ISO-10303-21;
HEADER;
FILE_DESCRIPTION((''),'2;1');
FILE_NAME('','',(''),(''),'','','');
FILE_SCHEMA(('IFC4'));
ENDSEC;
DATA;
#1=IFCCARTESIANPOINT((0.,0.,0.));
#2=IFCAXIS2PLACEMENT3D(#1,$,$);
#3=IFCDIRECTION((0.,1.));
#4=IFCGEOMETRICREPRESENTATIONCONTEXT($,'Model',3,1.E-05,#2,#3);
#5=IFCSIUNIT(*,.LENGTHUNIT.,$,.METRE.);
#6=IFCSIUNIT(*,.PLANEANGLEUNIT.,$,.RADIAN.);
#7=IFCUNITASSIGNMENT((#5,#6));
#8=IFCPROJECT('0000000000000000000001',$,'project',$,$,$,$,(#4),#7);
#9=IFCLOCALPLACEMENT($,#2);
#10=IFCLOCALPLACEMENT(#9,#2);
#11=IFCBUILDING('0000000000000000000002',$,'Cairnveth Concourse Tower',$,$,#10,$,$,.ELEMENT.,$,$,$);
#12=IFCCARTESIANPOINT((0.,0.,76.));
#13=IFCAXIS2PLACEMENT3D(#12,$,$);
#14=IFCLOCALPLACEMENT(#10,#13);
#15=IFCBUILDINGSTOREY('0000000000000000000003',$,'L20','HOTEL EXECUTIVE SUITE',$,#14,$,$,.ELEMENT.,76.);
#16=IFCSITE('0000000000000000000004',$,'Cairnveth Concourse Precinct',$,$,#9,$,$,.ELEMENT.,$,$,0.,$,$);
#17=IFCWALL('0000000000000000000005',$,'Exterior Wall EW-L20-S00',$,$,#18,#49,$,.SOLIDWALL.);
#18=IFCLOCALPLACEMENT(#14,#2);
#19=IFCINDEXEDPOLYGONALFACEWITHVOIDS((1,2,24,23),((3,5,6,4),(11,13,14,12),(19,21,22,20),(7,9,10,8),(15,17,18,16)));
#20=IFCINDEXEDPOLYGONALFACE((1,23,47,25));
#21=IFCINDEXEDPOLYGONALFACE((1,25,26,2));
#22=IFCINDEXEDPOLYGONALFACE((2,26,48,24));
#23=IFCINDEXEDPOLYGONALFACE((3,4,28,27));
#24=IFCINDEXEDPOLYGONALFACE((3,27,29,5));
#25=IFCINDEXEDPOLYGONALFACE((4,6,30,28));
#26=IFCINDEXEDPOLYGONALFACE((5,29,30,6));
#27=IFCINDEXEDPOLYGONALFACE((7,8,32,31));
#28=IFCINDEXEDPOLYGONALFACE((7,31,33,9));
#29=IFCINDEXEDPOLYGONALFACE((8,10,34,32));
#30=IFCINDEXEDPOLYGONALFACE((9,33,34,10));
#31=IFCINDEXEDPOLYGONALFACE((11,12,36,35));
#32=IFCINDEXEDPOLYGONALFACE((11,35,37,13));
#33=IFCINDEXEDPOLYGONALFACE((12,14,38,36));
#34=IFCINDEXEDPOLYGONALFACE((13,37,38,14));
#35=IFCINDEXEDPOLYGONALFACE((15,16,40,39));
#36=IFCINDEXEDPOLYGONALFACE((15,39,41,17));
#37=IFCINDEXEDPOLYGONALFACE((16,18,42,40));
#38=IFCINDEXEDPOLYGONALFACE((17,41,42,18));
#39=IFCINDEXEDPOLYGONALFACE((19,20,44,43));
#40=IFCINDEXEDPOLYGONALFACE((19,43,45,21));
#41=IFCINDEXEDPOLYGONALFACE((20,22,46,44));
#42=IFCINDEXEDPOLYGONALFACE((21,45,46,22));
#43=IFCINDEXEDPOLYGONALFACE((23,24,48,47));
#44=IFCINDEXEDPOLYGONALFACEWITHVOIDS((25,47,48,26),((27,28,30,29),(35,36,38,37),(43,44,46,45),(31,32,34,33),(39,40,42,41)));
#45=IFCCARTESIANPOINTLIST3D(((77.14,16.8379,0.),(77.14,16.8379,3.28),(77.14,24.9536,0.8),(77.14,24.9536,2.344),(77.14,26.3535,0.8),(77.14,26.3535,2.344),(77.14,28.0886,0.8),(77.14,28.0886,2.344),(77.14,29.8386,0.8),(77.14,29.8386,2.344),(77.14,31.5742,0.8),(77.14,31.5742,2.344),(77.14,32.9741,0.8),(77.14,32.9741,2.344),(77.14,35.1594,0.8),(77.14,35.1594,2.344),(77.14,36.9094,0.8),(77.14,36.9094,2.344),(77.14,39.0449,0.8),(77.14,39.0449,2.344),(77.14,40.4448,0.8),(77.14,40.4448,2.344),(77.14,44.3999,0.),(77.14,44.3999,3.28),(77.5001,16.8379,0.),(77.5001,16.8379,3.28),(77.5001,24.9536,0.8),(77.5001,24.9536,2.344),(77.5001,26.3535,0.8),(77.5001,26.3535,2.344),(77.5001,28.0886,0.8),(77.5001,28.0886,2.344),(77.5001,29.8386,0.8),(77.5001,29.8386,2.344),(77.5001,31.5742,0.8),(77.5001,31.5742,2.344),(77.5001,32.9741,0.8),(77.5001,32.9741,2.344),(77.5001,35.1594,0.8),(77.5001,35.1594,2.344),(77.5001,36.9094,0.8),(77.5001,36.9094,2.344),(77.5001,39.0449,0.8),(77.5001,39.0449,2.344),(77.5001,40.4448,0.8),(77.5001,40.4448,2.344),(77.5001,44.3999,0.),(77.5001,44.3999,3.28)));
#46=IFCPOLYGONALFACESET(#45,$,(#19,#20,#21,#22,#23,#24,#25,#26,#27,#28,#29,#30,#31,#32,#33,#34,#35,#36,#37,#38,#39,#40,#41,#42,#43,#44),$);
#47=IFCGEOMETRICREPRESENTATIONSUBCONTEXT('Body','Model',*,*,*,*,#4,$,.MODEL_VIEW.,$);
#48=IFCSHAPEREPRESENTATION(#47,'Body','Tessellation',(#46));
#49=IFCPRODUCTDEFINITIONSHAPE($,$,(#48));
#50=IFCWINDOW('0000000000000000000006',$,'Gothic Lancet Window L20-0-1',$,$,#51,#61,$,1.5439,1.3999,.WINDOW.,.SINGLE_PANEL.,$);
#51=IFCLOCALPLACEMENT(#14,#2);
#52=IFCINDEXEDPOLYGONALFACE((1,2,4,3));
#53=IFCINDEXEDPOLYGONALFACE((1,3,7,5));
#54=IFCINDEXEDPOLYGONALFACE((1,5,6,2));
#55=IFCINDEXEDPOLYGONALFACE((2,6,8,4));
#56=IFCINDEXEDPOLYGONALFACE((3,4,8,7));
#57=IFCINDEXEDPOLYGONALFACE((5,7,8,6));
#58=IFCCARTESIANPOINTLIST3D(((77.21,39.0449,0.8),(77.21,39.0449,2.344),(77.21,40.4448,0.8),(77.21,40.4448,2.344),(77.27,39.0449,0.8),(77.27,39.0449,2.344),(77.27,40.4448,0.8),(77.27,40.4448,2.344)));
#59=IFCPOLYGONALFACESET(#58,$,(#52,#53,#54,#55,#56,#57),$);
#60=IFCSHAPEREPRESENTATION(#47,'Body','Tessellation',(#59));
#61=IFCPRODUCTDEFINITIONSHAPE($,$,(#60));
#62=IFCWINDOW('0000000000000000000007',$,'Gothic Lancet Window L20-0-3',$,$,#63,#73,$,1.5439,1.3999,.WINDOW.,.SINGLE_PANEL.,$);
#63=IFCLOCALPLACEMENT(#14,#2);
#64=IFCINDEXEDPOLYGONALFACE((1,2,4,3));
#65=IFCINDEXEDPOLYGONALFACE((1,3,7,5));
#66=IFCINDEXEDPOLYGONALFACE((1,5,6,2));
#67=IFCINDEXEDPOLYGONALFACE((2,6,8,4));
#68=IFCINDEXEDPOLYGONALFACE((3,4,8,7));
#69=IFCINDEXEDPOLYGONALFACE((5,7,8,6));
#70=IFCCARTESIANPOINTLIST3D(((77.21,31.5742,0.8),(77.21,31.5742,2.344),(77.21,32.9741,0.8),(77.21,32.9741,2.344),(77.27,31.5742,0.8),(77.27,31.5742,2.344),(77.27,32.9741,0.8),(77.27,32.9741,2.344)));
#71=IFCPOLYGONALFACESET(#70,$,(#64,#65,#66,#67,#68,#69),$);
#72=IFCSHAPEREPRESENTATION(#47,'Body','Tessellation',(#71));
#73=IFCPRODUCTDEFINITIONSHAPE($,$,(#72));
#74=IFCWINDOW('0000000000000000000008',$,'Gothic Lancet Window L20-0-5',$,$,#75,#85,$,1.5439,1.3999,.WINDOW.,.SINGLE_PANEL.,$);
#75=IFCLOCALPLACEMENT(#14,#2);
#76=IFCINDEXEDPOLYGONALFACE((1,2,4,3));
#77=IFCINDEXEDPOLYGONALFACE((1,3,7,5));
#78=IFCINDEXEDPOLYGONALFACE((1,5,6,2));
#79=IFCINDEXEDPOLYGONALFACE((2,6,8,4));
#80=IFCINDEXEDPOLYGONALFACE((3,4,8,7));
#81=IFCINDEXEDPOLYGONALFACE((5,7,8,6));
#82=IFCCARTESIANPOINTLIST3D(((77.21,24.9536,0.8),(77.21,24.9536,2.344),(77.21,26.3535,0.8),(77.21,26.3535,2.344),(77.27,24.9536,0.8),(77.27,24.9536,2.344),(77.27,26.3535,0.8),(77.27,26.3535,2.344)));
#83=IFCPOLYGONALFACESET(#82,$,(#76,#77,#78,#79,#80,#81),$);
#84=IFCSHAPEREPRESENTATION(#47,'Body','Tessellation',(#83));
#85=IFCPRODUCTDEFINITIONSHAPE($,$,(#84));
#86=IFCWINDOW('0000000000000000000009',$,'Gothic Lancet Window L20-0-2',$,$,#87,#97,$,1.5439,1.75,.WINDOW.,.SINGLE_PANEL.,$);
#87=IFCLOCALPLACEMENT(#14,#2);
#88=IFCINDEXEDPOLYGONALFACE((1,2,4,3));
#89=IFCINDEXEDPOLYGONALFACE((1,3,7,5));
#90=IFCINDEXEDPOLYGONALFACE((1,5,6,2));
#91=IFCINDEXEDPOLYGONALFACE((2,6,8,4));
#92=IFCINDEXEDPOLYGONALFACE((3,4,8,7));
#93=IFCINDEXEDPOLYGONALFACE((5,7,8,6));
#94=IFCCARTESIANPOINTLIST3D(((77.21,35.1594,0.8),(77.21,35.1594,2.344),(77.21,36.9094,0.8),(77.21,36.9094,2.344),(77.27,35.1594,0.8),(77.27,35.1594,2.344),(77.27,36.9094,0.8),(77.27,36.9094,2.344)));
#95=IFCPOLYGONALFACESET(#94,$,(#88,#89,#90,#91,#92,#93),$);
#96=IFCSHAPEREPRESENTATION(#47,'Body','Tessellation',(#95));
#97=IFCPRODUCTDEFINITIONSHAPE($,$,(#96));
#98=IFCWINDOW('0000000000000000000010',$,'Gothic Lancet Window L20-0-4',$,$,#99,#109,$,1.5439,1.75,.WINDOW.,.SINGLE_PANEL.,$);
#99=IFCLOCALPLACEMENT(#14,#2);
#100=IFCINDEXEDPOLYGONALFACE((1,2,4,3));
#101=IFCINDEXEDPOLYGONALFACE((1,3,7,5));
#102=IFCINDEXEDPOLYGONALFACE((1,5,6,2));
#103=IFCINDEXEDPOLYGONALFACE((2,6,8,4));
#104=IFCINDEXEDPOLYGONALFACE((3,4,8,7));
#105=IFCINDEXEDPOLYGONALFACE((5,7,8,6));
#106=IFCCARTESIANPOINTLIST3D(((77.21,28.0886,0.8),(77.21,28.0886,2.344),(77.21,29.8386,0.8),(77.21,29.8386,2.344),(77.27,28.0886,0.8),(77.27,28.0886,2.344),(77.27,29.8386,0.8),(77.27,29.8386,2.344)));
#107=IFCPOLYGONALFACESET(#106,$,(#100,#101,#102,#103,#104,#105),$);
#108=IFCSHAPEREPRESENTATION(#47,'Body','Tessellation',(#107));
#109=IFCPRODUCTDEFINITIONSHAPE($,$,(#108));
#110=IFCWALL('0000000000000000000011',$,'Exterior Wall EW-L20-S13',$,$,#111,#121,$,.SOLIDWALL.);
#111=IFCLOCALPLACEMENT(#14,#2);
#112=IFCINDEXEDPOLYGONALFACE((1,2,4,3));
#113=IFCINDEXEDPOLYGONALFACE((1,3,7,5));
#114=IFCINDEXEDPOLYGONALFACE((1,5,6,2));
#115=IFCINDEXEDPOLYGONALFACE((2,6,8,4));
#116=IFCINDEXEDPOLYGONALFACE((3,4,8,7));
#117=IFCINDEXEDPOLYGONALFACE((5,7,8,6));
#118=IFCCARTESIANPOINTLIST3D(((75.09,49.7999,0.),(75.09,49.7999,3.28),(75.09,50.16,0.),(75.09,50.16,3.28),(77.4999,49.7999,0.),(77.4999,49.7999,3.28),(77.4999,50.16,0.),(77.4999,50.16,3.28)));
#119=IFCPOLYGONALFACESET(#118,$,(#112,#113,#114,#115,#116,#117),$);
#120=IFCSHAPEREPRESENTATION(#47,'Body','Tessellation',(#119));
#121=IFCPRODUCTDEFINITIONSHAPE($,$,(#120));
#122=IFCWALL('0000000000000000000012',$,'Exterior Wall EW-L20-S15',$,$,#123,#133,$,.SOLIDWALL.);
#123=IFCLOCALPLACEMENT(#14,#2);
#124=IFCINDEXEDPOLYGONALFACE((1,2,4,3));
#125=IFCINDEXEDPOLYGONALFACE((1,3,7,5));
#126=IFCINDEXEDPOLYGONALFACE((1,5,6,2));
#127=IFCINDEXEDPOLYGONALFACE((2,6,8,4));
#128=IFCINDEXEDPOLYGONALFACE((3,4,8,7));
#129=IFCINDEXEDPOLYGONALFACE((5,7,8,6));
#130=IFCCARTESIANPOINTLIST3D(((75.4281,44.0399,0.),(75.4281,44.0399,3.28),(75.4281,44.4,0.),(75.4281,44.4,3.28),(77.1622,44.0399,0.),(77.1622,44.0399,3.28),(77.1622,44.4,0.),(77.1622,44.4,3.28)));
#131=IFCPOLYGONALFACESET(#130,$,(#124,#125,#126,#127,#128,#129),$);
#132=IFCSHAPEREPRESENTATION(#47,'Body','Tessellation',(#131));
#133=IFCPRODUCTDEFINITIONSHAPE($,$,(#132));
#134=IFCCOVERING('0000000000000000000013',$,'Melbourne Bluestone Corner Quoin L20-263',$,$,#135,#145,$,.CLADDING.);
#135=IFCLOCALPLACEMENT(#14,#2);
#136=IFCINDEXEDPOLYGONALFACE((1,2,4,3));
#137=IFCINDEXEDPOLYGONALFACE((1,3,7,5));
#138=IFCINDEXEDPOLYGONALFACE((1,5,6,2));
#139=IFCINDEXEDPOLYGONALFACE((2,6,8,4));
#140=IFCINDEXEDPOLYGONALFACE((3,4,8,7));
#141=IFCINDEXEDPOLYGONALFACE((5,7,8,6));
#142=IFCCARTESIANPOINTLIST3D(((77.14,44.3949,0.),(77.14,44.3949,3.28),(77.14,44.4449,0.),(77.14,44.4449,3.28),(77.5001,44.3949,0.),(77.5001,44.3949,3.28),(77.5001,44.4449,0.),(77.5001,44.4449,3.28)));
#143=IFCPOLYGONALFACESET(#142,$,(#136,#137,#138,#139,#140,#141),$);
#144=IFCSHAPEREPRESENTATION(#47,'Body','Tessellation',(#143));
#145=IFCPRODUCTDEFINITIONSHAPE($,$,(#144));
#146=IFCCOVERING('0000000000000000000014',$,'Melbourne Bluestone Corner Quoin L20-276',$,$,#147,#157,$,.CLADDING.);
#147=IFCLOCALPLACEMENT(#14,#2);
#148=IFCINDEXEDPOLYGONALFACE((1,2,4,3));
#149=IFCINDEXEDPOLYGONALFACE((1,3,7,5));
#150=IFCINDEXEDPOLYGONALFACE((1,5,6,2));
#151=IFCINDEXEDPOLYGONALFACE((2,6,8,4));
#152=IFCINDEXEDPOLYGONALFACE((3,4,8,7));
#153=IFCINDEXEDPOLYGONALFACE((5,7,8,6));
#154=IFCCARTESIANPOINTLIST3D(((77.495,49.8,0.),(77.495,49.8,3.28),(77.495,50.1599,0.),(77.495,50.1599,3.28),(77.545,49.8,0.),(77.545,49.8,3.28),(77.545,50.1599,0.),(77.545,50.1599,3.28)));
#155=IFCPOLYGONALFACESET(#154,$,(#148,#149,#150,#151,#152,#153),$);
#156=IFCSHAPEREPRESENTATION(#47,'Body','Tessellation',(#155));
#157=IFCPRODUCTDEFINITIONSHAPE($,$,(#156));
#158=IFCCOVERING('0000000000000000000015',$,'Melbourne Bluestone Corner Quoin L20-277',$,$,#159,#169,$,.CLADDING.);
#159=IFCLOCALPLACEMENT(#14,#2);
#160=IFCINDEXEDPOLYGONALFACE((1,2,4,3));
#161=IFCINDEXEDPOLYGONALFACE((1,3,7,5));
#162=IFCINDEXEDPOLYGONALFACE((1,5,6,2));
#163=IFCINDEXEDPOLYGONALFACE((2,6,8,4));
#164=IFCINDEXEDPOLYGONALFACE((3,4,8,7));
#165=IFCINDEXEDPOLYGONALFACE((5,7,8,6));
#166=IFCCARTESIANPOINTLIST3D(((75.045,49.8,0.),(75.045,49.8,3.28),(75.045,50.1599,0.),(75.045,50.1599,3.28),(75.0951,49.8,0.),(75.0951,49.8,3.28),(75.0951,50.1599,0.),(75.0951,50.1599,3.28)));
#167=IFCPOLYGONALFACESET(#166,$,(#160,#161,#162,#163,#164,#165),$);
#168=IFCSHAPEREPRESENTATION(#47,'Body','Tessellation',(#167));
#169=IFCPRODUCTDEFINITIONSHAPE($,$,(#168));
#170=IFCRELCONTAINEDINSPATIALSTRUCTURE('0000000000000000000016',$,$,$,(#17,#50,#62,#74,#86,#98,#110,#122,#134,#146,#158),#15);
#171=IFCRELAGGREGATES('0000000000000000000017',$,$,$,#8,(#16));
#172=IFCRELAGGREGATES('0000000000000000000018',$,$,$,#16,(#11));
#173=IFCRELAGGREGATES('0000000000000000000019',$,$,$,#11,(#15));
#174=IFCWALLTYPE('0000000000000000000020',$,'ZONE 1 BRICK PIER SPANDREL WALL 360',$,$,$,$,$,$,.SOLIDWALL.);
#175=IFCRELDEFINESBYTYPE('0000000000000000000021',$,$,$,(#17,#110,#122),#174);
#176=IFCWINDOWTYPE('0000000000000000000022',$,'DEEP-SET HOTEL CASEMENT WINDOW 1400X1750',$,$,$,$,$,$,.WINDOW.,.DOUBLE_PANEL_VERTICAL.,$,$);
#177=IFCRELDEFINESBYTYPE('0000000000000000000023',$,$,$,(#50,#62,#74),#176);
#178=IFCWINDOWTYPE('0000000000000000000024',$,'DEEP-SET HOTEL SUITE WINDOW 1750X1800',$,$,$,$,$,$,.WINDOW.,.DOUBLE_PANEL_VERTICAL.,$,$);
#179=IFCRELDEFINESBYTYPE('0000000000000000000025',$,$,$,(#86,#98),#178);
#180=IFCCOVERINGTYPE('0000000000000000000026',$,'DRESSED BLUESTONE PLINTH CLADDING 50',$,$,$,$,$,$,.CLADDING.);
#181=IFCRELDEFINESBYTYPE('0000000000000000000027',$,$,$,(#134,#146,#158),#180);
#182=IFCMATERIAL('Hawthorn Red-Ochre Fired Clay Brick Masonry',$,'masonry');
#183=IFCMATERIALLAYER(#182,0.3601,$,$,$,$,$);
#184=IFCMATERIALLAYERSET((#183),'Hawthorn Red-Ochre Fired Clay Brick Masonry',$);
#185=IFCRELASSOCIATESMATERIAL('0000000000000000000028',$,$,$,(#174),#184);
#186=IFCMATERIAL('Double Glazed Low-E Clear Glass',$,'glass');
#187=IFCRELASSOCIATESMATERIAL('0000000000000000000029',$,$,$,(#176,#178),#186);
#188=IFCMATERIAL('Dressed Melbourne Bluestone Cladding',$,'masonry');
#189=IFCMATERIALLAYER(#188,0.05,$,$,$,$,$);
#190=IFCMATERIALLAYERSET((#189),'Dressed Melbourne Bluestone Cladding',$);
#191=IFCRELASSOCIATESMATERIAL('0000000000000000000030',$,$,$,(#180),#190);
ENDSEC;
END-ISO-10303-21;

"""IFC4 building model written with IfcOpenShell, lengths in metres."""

from ifc_helpers import new_model, si_unit, direction, frame, frame_2d, origin, place, context, subcontext, project, spatial, rectangle, extrude, material, layer, layer_set, type_object, element, fill, save


model = new_model("IFC4")

# Units and contexts
model_context = context("Model", 3, precision=1e-05, world=origin(), true_north=direction((0.0, 1.0)))
body_context = subcontext(model_context, "Body", "Model", "MODEL_VIEW")
ifc_project = project(units=[si_unit("LENGTHUNIT", "METRE"), si_unit("PLANEANGLEUNIT", "RADIAN")], contexts=[model_context])

# Site, building, storey
site_placement = place(None, origin())
site = spatial("IfcSite", under=ifc_project, at=site_placement, Name="Cairnveth Concourse Precinct", CompositionType="ELEMENT", RefElevation=0.0)
building_placement = place(site_placement, origin())
building = spatial("IfcBuilding", under=site, at=building_placement, Name="Cairnveth Concourse Tower", CompositionType="ELEMENT")
storey_placement = place(building_placement, frame((0.0, 0.0, 76.0)))
storey = spatial("IfcBuildingStorey", under=building, at=storey_placement, Name="L20", Description="HOTEL EXECUTIVE SUITE", CompositionType="ELEMENT", Elevation=76.0)

# Shared definitions
ifc_material_1 = material(Name="Dressed Melbourne Bluestone Cladding", Category="masonry")

# Wall, openings, windows
ifc_material_2 = material(Name="Hawthorn Red-Ochre Fired Clay Brick Masonry", Category="masonry")
ifc_layer_1 = layer(ifc_material_2, 0.3601)
ifc_layer_set_1 = layer_set([ifc_layer_1], Name="Hawthorn Red-Ochre Fired Clay Brick Masonry")
wall_type_1 = type_object("IfcWallType", Name="ZONE 1 BRICK PIER SPANDREL WALL 360", PredefinedType="SOLIDWALL", material=ifc_layer_set_1)
wall_1_placement = place(storey_placement, frame((77.3201, 44.3999, 0.0), z_axis=(0.0, 0.0, 1.0), x_axis=(0.0, -1.0, 0.0)))
wall_1 = element("IfcWall", 1, at=wall_1_placement, inside=storey, type_object=wall_type_1, Name="Exterior Wall EW-L20-S00", PredefinedType="SOLIDWALL", context=body_context, shape_type="SweptSolid", body=[
    extrude(rectangle(XDim=27.562, YDim=0.3601, at=frame_2d((13.781, 0.0))), origin(), (0.0, 0.0, 1.0), 3.28),
])
opening_1_placement = place(wall_1_placement, frame((3.9551, 0.0, 0.8)))
opening_1 = element("IfcOpeningElement", 2, at=opening_1_placement, cuts=wall_1, PredefinedType="OPENING", context=body_context, shape_type="SweptSolid", body=[
    extrude(rectangle(XDim=1.3999, YDim=1.5439, at=frame_2d((0.7, 0.772))), frame((0.0, 0.1899, 0.0), z_axis=(0.0, -1.0, 0.0), x_axis=(1.0, 0.0, 0.0)), (0.0, 0.0, 1.0), 0.3801),
])
opening_2_placement = place(wall_1_placement, frame((7.4905, 0.0, 0.8)))
opening_2 = element("IfcOpeningElement", 3, at=opening_2_placement, cuts=wall_1, PredefinedType="OPENING", context=body_context, shape_type="SweptSolid", body=[
    extrude(rectangle(XDim=1.75, YDim=1.5439, at=frame_2d((0.875, 0.772))), frame((0.0, 0.1899, 0.0), z_axis=(0.0, -1.0, 0.0), x_axis=(1.0, 0.0, 0.0)), (0.0, 0.0, 1.0), 0.3801),
])
opening_3_placement = place(wall_1_placement, frame((11.4258, 0.0, 0.8)))
opening_3 = element("IfcOpeningElement", 4, at=opening_3_placement, cuts=wall_1, PredefinedType="OPENING", context=body_context, shape_type="SweptSolid", body=[
    extrude(rectangle(XDim=1.3999, YDim=1.5439, at=frame_2d((0.7, 0.772))), frame((0.0, 0.1899, 0.0), z_axis=(0.0, -1.0, 0.0), x_axis=(1.0, 0.0, 0.0)), (0.0, 0.0, 1.0), 0.3801),
])
opening_4_placement = place(wall_1_placement, frame((14.5613, 0.0, 0.8)))
opening_4 = element("IfcOpeningElement", 5, at=opening_4_placement, cuts=wall_1, PredefinedType="OPENING", context=body_context, shape_type="SweptSolid", body=[
    extrude(rectangle(XDim=1.75, YDim=1.5439, at=frame_2d((0.875, 0.772))), frame((0.0, 0.1899, 0.0), z_axis=(0.0, -1.0, 0.0), x_axis=(1.0, 0.0, 0.0)), (0.0, 0.0, 1.0), 0.3801),
])
opening_5_placement = place(wall_1_placement, frame((18.0464, 0.0, 0.8)))
opening_5 = element("IfcOpeningElement", 6, at=opening_5_placement, cuts=wall_1, PredefinedType="OPENING", context=body_context, shape_type="SweptSolid", body=[
    extrude(rectangle(XDim=1.3999, YDim=1.5439, at=frame_2d((0.7, 0.772))), frame((0.0, 0.1899, 0.0), z_axis=(0.0, -1.0, 0.0), x_axis=(1.0, 0.0, 0.0)), (0.0, 0.0, 1.0), 0.3801),
])
ifc_material_3 = material(Name="Double Glazed Low-E Clear Glass", Category="glass")
window_type_1 = type_object("IfcWindowType", Name="DEEP-SET HOTEL CASEMENT WINDOW 1400X1750", PartitioningType="DOUBLE_PANEL_VERTICAL", PredefinedType="WINDOW", material=ifc_material_3)
window_1_placement = place(opening_1_placement, origin())
window_1 = element("IfcWindow", 7, at=window_1_placement, inside=storey, type_object=window_type_1, Name="Gothic Lancet Window L20-0-1", OverallHeight=1.5439, OverallWidth=1.3999, PartitioningType="SINGLE_PANEL", PredefinedType="WINDOW", context=body_context, shape_type="SweptSolid", body=[
    extrude(rectangle(XDim=1.3999, YDim=1.5439, at=frame_2d((0.7, 0.772))), frame((0.0, -0.05, 0.0), z_axis=(0.0, -1.0, 0.0), x_axis=(1.0, 0.0, 0.0)), (0.0, 0.0, 1.0), 0.0601),
])
fill(opening_1, window_1)
window_2_placement = place(opening_3_placement, origin())
window_2 = element("IfcWindow", 8, at=window_2_placement, inside=storey, type_object=window_type_1, Name="Gothic Lancet Window L20-0-3", OverallHeight=1.5439, OverallWidth=1.3999, PartitioningType="SINGLE_PANEL", PredefinedType="WINDOW", context=body_context, shape_type="SweptSolid", body=[
    extrude(rectangle(XDim=1.3999, YDim=1.5439, at=frame_2d((0.7, 0.772))), frame((0.0, -0.05, 0.0), z_axis=(0.0, -1.0, 0.0), x_axis=(1.0, 0.0, 0.0)), (0.0, 0.0, 1.0), 0.0601),
])
fill(opening_3, window_2)
window_3_placement = place(opening_5_placement, origin())
window_3 = element("IfcWindow", 9, at=window_3_placement, inside=storey, type_object=window_type_1, Name="Gothic Lancet Window L20-0-5", OverallHeight=1.5439, OverallWidth=1.3999, PartitioningType="SINGLE_PANEL", PredefinedType="WINDOW", context=body_context, shape_type="SweptSolid", body=[
    extrude(rectangle(XDim=1.3999, YDim=1.5439, at=frame_2d((0.7, 0.772))), frame((0.0, -0.05, 0.0), z_axis=(0.0, -1.0, 0.0), x_axis=(1.0, 0.0, 0.0)), (0.0, 0.0, 1.0), 0.0601),
])
fill(opening_5, window_3)
window_type_2 = type_object("IfcWindowType", Name="DEEP-SET HOTEL SUITE WINDOW 1750X1800", PartitioningType="DOUBLE_PANEL_VERTICAL", PredefinedType="WINDOW", material=ifc_material_3)
window_4_placement = place(opening_2_placement, origin())
window_4 = element("IfcWindow", 10, at=window_4_placement, inside=storey, type_object=window_type_2, Name="Gothic Lancet Window L20-0-2", OverallHeight=1.5439, OverallWidth=1.75, PartitioningType="SINGLE_PANEL", PredefinedType="WINDOW", context=body_context, shape_type="SweptSolid", body=[
    extrude(rectangle(XDim=1.75, YDim=1.5439, at=frame_2d((0.875, 0.772))), frame((0.0, -0.05, 0.0), z_axis=(0.0, -1.0, 0.0), x_axis=(1.0, 0.0, 0.0)), (0.0, 0.0, 1.0), 0.0601),
])
fill(opening_2, window_4)
window_5_placement = place(opening_4_placement, origin())
window_5 = element("IfcWindow", 11, at=window_5_placement, inside=storey, type_object=window_type_2, Name="Gothic Lancet Window L20-0-4", OverallHeight=1.5439, OverallWidth=1.75, PartitioningType="SINGLE_PANEL", PredefinedType="WINDOW", context=body_context, shape_type="SweptSolid", body=[
    extrude(rectangle(XDim=1.75, YDim=1.5439, at=frame_2d((0.875, 0.772))), frame((0.0, -0.05, 0.0), z_axis=(0.0, -1.0, 0.0), x_axis=(1.0, 0.0, 0.0)), (0.0, 0.0, 1.0), 0.0601),
])
fill(opening_4, window_5)

# Wall
wall_2_placement = place(storey_placement, frame((77.5, 49.98, 0.0), z_axis=(0.0, 0.0, 1.0), x_axis=(-1.0, 0.0, 0.0)))
element("IfcWall", 12, at=wall_2_placement, inside=storey, type_object=wall_type_1, Name="Exterior Wall EW-L20-S13", PredefinedType="SOLIDWALL", context=body_context, shape_type="SweptSolid", body=[
    extrude(rectangle(XDim=2.4099, YDim=0.3601, at=frame_2d((1.2051, 0.0))), origin(), (0.0, 0.0, 1.0), 3.28),
])

# Wall
wall_3_placement = place(storey_placement, frame((75.428, 44.22, 0.0), z_axis=(0.0, 0.0, 1.0), x_axis=(1.0, 0.0, 0.0)))
element("IfcWall", 13, at=wall_3_placement, inside=storey, type_object=wall_type_1, Name="Exterior Wall EW-L20-S15", PredefinedType="SOLIDWALL", context=body_context, shape_type="SweptSolid", body=[
    extrude(rectangle(XDim=1.7341, YDim=0.3601, at=frame_2d((0.8672, 0.0))), origin(), (0.0, 0.0, 1.0), 3.28),
])

# Coverings
ifc_layer_2 = layer(ifc_material_1, 0.05)
ifc_layer_set_2 = layer_set([ifc_layer_2], Name="Dressed Melbourne Bluestone Cladding")
covering_type = type_object("IfcCoveringType", Name="DRESSED BLUESTONE PLINTH CLADDING 50", PredefinedType="CLADDING", material=ifc_layer_set_2)
covering_placement = place(storey_placement, frame((77.1399, 44.4199, 0.0), z_axis=(0.0, 0.0, 1.0), x_axis=(1.0, 0.0, 0.0)))
element("IfcCovering", 14, at=covering_placement, inside=storey, type_object=covering_type, Name="Melbourne Bluestone Corner Quoin L20-263", PredefinedType="CLADDING", context=body_context, shape_type="SweptSolid", body=[
    extrude(rectangle(XDim=0.3601, YDim=0.05, at=frame_2d((0.1802, 0.0))), origin(), (0.0, 0.0, 1.0), 3.28),
])
for number, where, z_axis, x_axis, name in (
    (15, (77.52, 50.1599, 0.0), (0.0, 0.0, 1.0), (0.0, -1.0, 0.0), "Melbourne Bluestone Corner Quoin L20-276"),
    (16, (75.0701, 50.1599, 0.0), (0.0, 0.0, 1.0), (0.0, -1.0, 0.0), "Melbourne Bluestone Corner Quoin L20-277"),
):
    element("IfcCovering", number, at=place(storey_placement, frame(where, z_axis=z_axis, x_axis=x_axis)), inside=storey, type_object=covering_type, Name=name, PredefinedType="CLADDING", context=body_context, shape_type="SweptSolid", body=[
        extrude(rectangle(XDim=0.3599, YDim=0.05, at=frame_2d((0.1799, 0.0))), origin(), (0.0, 0.0, 1.0), 3.28),
    ])

save(model, "model.ifc")
